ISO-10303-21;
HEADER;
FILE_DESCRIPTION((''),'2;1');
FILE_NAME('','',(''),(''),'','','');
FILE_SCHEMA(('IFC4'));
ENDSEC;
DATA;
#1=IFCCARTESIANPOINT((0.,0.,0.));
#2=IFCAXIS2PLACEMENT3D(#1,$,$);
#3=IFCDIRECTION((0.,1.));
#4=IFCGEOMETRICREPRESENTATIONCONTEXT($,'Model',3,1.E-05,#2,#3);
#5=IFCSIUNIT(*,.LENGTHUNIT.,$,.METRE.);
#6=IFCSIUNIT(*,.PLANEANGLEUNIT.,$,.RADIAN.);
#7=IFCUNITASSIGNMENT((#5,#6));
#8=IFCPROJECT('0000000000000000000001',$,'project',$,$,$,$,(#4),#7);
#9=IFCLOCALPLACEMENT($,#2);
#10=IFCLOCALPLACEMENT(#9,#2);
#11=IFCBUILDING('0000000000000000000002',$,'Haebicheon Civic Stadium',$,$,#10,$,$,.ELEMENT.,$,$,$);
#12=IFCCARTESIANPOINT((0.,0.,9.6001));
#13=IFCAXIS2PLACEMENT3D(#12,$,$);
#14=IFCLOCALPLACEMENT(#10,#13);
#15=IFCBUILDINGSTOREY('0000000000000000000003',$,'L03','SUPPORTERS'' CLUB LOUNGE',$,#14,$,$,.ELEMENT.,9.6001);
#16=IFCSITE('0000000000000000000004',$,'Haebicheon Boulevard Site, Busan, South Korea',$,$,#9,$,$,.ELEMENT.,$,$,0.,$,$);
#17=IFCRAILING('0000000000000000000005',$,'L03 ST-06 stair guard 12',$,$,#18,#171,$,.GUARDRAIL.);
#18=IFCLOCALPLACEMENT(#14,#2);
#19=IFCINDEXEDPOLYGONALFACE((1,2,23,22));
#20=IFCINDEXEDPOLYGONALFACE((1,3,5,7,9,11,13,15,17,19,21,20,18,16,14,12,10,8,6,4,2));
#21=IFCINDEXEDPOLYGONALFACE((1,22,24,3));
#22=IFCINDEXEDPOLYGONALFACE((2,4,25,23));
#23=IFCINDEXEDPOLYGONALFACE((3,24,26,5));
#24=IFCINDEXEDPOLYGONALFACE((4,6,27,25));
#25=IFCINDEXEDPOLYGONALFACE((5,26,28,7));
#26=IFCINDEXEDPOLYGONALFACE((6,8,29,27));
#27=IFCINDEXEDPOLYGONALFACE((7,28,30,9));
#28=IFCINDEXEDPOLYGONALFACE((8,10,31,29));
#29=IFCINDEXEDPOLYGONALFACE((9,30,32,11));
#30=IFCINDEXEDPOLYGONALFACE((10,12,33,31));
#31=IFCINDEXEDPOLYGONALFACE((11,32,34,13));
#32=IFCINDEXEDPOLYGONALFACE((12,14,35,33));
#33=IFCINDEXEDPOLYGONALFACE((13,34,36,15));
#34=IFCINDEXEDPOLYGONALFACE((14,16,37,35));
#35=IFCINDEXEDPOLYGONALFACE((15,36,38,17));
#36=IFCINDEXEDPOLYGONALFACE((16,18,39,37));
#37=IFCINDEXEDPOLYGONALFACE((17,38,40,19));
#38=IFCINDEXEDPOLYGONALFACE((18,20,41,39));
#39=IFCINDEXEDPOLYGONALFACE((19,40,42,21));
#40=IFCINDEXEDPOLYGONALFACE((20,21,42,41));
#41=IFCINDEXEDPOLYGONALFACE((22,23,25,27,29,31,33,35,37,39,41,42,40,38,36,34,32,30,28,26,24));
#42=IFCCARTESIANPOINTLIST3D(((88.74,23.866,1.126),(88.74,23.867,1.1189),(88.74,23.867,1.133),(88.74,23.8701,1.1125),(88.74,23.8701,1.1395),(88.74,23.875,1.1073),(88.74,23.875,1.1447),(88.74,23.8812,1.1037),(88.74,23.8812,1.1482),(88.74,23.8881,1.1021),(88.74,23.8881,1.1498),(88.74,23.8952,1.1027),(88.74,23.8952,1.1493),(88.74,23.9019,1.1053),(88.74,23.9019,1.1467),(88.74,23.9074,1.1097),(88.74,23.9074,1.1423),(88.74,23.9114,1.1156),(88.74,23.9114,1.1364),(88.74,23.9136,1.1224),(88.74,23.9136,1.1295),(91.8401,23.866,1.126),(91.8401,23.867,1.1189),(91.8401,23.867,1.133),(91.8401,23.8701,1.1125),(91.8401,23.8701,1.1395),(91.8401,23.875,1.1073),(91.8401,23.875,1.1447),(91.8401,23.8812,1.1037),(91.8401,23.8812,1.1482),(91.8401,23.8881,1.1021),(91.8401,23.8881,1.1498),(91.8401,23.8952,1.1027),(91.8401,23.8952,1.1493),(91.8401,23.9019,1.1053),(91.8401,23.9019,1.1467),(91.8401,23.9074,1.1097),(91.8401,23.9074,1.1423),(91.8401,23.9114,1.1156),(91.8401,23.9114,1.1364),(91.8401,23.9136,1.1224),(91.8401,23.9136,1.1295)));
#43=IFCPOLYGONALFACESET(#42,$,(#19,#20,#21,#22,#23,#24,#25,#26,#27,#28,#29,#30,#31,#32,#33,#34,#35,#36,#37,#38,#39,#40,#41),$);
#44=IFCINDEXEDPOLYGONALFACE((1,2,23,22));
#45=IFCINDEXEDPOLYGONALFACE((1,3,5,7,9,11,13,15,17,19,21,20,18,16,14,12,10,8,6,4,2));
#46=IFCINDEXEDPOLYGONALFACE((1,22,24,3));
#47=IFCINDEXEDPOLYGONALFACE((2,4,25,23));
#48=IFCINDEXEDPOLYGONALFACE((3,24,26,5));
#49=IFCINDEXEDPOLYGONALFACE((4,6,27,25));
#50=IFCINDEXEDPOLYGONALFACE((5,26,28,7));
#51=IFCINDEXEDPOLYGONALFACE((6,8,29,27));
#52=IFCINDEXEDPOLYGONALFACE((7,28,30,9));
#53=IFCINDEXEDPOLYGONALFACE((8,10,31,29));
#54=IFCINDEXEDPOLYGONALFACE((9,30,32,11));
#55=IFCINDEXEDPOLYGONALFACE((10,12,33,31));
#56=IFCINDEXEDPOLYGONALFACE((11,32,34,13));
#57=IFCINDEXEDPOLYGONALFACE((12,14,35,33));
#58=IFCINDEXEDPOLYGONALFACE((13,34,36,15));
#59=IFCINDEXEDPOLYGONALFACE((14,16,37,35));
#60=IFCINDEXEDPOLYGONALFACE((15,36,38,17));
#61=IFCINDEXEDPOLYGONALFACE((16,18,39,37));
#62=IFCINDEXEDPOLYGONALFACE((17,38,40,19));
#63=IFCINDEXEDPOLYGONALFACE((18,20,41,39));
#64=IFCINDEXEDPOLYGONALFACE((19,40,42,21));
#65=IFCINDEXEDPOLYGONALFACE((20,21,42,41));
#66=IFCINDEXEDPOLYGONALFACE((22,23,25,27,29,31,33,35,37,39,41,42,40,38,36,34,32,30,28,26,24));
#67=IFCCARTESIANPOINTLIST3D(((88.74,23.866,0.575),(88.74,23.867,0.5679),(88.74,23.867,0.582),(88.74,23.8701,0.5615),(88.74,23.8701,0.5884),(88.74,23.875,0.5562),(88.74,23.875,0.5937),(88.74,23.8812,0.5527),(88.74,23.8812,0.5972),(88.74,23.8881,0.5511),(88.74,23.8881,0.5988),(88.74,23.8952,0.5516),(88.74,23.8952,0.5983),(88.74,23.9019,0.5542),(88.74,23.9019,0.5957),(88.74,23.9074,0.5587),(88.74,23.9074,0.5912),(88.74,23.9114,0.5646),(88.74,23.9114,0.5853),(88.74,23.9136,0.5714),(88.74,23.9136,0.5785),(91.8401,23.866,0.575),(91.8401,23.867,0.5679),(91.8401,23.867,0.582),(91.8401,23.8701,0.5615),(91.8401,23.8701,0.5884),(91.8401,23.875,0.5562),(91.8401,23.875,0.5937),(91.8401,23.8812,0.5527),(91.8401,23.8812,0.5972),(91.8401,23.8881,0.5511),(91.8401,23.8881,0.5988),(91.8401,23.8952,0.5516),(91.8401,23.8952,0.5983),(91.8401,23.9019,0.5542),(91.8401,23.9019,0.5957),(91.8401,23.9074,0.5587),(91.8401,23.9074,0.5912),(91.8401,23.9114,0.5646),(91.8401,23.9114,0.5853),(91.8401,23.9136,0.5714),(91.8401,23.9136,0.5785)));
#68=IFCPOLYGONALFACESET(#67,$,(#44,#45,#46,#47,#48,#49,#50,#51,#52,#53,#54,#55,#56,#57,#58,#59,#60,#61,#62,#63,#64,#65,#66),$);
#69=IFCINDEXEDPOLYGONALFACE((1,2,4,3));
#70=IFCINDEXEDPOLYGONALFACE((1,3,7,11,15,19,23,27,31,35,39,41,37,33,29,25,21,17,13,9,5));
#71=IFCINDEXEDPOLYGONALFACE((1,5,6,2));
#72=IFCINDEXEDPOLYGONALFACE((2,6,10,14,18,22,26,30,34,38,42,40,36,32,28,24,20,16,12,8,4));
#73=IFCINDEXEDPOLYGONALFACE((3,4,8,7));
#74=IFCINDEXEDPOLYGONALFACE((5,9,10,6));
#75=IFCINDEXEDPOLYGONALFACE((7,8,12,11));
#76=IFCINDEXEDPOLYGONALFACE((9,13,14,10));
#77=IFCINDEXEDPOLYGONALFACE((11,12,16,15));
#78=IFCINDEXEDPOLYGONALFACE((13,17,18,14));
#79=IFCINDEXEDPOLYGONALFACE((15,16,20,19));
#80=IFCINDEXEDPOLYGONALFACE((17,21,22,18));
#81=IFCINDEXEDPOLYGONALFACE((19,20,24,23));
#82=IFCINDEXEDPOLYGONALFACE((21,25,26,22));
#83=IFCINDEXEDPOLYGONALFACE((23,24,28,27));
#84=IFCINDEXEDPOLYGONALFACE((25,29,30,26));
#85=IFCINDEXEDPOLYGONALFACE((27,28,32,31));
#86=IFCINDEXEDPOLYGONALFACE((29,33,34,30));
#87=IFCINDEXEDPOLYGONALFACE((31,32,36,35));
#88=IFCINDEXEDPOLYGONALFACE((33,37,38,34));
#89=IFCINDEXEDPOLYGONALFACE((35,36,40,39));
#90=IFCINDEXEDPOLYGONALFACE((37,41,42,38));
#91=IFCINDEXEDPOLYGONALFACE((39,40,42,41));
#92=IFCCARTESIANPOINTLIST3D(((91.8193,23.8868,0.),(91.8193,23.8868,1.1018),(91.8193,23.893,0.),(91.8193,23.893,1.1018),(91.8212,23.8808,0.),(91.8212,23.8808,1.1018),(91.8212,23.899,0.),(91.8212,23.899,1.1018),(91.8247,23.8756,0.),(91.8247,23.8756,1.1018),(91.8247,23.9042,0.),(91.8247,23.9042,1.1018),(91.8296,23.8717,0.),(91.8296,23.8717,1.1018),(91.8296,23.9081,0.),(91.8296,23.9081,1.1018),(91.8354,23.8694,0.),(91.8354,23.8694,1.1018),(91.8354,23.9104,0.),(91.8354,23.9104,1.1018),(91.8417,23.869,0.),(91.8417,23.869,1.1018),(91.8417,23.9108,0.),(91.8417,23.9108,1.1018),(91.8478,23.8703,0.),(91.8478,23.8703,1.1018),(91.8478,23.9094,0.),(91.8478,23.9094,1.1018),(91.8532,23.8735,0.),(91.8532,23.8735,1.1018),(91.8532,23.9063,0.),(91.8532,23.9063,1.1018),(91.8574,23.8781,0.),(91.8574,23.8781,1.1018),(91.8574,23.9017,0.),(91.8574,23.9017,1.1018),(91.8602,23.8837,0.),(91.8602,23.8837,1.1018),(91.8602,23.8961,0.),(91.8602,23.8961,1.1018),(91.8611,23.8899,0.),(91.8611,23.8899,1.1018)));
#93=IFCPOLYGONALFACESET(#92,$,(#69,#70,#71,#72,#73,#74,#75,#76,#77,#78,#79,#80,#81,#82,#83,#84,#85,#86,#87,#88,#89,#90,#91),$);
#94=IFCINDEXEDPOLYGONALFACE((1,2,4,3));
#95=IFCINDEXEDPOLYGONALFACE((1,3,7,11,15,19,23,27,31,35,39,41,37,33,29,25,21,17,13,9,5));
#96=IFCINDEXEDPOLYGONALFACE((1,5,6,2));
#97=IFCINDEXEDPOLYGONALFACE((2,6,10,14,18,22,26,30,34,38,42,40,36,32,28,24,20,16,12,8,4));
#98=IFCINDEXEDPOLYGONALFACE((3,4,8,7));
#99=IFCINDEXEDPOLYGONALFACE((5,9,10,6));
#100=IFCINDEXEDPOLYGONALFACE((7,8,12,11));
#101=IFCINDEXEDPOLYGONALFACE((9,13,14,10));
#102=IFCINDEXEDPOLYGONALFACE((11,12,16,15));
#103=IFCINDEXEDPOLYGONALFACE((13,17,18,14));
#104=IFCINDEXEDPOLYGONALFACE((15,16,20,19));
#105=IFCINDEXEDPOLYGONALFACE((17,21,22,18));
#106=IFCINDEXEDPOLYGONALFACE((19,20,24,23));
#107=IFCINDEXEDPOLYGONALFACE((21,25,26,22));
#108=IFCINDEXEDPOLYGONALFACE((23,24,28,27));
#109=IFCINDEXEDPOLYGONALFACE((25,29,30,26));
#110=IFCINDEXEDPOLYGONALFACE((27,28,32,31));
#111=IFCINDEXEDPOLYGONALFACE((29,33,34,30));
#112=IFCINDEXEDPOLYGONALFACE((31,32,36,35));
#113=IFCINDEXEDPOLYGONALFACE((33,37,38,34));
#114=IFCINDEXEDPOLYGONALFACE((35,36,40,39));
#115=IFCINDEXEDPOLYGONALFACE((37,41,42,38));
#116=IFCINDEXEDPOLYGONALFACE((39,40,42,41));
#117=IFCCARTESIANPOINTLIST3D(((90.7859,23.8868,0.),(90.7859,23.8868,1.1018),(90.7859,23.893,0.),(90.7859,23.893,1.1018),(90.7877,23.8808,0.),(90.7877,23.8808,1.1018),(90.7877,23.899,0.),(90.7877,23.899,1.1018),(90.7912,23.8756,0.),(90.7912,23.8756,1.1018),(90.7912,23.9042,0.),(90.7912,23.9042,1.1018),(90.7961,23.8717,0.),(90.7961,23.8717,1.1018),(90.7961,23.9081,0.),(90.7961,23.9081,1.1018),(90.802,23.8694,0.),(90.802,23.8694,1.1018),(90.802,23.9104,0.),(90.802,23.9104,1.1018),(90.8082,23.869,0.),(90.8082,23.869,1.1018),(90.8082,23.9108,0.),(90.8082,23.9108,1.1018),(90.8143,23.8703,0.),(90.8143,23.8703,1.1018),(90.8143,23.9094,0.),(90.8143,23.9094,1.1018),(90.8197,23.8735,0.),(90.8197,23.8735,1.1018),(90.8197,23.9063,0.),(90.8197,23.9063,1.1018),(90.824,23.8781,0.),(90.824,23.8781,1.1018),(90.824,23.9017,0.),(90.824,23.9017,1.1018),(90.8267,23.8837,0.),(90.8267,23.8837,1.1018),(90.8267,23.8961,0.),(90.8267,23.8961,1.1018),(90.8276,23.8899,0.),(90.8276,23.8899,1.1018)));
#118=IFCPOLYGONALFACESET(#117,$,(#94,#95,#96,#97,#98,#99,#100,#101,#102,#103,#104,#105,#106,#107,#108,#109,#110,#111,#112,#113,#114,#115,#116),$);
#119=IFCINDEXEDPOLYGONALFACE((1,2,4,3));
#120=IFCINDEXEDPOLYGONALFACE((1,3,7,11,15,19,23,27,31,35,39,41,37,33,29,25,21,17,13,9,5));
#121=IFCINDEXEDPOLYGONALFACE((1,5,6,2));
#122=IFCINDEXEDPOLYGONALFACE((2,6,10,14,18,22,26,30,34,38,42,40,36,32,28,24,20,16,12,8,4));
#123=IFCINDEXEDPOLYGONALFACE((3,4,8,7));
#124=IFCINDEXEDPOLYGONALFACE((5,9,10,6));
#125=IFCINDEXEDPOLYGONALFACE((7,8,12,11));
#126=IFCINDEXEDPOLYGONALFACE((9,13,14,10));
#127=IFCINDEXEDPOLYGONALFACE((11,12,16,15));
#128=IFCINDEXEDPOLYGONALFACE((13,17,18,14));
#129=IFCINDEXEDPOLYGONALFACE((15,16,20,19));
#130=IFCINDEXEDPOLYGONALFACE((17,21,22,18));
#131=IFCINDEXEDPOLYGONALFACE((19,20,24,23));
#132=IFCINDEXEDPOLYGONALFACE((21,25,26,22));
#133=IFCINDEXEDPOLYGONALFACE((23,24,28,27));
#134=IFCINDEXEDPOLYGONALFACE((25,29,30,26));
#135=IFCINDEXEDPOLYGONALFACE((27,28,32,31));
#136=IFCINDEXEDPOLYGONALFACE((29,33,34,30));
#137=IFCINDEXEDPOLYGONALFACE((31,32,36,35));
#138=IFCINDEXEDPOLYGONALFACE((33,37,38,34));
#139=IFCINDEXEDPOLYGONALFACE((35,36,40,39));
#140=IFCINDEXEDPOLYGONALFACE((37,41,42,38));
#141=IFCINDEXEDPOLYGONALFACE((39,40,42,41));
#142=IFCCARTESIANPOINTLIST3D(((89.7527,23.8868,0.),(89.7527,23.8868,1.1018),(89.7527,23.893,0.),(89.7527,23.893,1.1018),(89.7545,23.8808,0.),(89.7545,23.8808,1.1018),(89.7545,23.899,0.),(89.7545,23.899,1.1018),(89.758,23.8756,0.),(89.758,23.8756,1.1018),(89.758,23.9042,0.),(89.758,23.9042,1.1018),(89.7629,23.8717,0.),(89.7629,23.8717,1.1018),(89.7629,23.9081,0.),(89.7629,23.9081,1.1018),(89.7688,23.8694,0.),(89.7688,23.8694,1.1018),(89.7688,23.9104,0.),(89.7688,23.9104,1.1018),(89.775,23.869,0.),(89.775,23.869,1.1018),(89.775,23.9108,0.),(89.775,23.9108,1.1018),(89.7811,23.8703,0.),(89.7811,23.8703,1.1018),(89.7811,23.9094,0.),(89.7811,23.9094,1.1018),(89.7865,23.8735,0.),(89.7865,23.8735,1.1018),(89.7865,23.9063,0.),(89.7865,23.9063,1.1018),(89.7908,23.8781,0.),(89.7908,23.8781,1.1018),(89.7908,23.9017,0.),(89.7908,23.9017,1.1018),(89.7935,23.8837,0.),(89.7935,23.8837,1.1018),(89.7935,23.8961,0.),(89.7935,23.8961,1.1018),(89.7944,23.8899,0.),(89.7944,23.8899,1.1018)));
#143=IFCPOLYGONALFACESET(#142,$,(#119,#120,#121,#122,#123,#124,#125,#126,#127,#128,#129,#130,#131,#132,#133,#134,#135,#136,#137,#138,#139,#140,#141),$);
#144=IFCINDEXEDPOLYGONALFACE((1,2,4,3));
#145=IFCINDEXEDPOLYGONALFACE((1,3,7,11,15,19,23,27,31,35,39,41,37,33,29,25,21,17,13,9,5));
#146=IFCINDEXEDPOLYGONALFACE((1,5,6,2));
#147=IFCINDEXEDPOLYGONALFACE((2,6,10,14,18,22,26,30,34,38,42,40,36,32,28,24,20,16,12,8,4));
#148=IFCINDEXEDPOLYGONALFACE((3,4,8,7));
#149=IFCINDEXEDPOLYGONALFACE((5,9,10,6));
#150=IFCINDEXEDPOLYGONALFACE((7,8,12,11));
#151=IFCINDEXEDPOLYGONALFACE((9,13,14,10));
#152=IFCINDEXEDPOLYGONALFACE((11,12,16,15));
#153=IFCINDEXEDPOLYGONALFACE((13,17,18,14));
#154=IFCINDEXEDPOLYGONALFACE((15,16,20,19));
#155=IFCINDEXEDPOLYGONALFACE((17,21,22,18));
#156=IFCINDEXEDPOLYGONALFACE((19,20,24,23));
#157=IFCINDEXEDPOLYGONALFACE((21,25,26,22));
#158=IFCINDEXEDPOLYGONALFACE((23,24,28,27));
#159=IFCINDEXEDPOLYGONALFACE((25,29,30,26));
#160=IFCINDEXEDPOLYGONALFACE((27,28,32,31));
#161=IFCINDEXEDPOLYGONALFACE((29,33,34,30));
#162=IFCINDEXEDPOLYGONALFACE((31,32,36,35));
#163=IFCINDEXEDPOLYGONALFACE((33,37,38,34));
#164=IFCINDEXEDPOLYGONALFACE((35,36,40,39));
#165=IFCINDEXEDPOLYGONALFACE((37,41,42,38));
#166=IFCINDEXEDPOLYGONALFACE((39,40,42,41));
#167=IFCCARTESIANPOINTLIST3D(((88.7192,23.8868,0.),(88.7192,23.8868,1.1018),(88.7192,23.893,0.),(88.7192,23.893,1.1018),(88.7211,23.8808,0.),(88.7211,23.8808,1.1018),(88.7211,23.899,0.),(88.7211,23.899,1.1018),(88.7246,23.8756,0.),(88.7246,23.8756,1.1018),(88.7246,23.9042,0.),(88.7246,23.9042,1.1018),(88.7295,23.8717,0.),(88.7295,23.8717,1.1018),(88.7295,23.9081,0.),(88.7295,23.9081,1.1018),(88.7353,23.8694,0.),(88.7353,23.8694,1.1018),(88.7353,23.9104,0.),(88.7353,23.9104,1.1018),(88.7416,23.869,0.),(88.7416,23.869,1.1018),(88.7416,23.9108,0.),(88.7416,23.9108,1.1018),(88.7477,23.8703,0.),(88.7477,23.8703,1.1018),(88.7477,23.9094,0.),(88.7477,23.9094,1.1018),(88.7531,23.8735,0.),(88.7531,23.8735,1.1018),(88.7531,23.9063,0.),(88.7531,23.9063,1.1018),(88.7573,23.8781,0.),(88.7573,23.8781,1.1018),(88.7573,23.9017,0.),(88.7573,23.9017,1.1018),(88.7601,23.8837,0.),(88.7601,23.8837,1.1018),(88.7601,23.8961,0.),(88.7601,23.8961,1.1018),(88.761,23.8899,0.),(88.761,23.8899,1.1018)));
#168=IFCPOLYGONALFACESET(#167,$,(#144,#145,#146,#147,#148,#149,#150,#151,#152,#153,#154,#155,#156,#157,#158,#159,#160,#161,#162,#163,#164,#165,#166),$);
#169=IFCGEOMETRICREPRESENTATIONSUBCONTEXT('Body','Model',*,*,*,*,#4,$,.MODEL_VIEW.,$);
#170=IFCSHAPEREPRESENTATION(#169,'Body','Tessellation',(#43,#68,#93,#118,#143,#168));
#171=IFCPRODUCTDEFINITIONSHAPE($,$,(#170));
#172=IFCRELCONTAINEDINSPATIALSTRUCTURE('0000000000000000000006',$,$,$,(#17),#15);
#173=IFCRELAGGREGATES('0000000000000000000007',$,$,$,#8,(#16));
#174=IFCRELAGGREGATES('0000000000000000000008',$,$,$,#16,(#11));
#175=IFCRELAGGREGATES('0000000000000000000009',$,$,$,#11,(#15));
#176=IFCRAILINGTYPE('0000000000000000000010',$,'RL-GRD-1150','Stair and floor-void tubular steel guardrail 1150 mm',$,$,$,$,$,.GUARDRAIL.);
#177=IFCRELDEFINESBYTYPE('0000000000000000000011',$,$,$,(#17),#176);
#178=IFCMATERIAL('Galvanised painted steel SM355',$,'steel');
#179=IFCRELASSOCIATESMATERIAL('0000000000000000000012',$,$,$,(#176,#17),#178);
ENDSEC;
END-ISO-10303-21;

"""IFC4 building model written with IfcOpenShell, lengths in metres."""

from ifc_helpers import new_model, si_unit, direction, frame, origin, origin_2d, place, context, subcontext, project, spatial, circle, extrude, material, type_object, element, save


model = new_model("IFC4")

# Units and contexts
model_context = context("Model", 3, precision=1e-05, world=origin(), true_north=direction((0.0, 1.0)))
body_context = subcontext(model_context, "Body", "Model", "MODEL_VIEW")
ifc_project = project(units=[si_unit("LENGTHUNIT", "METRE"), si_unit("PLANEANGLEUNIT", "RADIAN")], contexts=[model_context])

# Site, building, storey
site_placement = place(None, origin())
site = spatial("IfcSite", under=ifc_project, at=site_placement, Name="Haebicheon Boulevard Site, Busan, South Korea", CompositionType="ELEMENT", RefElevation=0.0)
building_placement = place(site_placement, origin())
building = spatial("IfcBuilding", under=site, at=building_placement, Name="Haebicheon Civic Stadium", CompositionType="ELEMENT")
storey_placement = place(building_placement, frame((0.0, 0.0, 9.6001)))
storey = spatial("IfcBuildingStorey", under=building, at=storey_placement, Name="L03", Description="SUPPORTERS' CLUB LOUNGE", CompositionType="ELEMENT", Elevation=9.6001)

# Railing
ifc_material_1 = material(Name="Galvanised painted steel SM355", Category="steel")
railing_type_1 = type_object("IfcRailingType", Name="RL-GRD-1150", Description="Stair and floor-void tubular steel guardrail 1150 mm", PredefinedType="GUARDRAIL", material=ifc_material_1)
railing_1_placement = place(storey_placement, frame((91.8401, 23.8899, 0.0)))
element("IfcRailing", 1, at=railing_1_placement, inside=storey, type_object=railing_type_1, material=ifc_material_1, Name="L03 ST-06 stair guard 12", PredefinedType="GUARDRAIL", context=body_context, shape_type="SweptSolid", body=[
    extrude(circle(Radius=0.0239, at=origin_2d()), frame((0.0, 0.0, 1.126), z_axis=(-1.0, 0.0, 0.0), x_axis=(0.0, -1.0, 0.0)), (0.0, 0.0, 1.0), 3.1001),
    extrude(circle(Radius=0.0239, at=origin_2d()), frame((0.0, 0.0, 0.575), z_axis=(-1.0, 0.0, 0.0), x_axis=(0.0, -1.0, 0.0)), (0.0, 0.0, 1.0), 3.1001),
    extrude(circle(Radius=0.021, at=origin_2d()), origin(), (0.0, 0.0, 1.0), 1.1018),
    extrude(circle(Radius=0.021, at=origin_2d()), frame((-1.0334, 0.0, 0.0)), (0.0, 0.0, 1.0), 1.1018),
    extrude(circle(Radius=0.021, at=origin_2d()), frame((-2.0667, 0.0, 0.0)), (0.0, 0.0, 1.0), 1.1018),
    extrude(circle(Radius=0.021, at=origin_2d()), frame((-3.1001, 0.0, 0.0)), (0.0, 0.0, 1.0), 1.1018),
])

save(model, "model.ifc")
